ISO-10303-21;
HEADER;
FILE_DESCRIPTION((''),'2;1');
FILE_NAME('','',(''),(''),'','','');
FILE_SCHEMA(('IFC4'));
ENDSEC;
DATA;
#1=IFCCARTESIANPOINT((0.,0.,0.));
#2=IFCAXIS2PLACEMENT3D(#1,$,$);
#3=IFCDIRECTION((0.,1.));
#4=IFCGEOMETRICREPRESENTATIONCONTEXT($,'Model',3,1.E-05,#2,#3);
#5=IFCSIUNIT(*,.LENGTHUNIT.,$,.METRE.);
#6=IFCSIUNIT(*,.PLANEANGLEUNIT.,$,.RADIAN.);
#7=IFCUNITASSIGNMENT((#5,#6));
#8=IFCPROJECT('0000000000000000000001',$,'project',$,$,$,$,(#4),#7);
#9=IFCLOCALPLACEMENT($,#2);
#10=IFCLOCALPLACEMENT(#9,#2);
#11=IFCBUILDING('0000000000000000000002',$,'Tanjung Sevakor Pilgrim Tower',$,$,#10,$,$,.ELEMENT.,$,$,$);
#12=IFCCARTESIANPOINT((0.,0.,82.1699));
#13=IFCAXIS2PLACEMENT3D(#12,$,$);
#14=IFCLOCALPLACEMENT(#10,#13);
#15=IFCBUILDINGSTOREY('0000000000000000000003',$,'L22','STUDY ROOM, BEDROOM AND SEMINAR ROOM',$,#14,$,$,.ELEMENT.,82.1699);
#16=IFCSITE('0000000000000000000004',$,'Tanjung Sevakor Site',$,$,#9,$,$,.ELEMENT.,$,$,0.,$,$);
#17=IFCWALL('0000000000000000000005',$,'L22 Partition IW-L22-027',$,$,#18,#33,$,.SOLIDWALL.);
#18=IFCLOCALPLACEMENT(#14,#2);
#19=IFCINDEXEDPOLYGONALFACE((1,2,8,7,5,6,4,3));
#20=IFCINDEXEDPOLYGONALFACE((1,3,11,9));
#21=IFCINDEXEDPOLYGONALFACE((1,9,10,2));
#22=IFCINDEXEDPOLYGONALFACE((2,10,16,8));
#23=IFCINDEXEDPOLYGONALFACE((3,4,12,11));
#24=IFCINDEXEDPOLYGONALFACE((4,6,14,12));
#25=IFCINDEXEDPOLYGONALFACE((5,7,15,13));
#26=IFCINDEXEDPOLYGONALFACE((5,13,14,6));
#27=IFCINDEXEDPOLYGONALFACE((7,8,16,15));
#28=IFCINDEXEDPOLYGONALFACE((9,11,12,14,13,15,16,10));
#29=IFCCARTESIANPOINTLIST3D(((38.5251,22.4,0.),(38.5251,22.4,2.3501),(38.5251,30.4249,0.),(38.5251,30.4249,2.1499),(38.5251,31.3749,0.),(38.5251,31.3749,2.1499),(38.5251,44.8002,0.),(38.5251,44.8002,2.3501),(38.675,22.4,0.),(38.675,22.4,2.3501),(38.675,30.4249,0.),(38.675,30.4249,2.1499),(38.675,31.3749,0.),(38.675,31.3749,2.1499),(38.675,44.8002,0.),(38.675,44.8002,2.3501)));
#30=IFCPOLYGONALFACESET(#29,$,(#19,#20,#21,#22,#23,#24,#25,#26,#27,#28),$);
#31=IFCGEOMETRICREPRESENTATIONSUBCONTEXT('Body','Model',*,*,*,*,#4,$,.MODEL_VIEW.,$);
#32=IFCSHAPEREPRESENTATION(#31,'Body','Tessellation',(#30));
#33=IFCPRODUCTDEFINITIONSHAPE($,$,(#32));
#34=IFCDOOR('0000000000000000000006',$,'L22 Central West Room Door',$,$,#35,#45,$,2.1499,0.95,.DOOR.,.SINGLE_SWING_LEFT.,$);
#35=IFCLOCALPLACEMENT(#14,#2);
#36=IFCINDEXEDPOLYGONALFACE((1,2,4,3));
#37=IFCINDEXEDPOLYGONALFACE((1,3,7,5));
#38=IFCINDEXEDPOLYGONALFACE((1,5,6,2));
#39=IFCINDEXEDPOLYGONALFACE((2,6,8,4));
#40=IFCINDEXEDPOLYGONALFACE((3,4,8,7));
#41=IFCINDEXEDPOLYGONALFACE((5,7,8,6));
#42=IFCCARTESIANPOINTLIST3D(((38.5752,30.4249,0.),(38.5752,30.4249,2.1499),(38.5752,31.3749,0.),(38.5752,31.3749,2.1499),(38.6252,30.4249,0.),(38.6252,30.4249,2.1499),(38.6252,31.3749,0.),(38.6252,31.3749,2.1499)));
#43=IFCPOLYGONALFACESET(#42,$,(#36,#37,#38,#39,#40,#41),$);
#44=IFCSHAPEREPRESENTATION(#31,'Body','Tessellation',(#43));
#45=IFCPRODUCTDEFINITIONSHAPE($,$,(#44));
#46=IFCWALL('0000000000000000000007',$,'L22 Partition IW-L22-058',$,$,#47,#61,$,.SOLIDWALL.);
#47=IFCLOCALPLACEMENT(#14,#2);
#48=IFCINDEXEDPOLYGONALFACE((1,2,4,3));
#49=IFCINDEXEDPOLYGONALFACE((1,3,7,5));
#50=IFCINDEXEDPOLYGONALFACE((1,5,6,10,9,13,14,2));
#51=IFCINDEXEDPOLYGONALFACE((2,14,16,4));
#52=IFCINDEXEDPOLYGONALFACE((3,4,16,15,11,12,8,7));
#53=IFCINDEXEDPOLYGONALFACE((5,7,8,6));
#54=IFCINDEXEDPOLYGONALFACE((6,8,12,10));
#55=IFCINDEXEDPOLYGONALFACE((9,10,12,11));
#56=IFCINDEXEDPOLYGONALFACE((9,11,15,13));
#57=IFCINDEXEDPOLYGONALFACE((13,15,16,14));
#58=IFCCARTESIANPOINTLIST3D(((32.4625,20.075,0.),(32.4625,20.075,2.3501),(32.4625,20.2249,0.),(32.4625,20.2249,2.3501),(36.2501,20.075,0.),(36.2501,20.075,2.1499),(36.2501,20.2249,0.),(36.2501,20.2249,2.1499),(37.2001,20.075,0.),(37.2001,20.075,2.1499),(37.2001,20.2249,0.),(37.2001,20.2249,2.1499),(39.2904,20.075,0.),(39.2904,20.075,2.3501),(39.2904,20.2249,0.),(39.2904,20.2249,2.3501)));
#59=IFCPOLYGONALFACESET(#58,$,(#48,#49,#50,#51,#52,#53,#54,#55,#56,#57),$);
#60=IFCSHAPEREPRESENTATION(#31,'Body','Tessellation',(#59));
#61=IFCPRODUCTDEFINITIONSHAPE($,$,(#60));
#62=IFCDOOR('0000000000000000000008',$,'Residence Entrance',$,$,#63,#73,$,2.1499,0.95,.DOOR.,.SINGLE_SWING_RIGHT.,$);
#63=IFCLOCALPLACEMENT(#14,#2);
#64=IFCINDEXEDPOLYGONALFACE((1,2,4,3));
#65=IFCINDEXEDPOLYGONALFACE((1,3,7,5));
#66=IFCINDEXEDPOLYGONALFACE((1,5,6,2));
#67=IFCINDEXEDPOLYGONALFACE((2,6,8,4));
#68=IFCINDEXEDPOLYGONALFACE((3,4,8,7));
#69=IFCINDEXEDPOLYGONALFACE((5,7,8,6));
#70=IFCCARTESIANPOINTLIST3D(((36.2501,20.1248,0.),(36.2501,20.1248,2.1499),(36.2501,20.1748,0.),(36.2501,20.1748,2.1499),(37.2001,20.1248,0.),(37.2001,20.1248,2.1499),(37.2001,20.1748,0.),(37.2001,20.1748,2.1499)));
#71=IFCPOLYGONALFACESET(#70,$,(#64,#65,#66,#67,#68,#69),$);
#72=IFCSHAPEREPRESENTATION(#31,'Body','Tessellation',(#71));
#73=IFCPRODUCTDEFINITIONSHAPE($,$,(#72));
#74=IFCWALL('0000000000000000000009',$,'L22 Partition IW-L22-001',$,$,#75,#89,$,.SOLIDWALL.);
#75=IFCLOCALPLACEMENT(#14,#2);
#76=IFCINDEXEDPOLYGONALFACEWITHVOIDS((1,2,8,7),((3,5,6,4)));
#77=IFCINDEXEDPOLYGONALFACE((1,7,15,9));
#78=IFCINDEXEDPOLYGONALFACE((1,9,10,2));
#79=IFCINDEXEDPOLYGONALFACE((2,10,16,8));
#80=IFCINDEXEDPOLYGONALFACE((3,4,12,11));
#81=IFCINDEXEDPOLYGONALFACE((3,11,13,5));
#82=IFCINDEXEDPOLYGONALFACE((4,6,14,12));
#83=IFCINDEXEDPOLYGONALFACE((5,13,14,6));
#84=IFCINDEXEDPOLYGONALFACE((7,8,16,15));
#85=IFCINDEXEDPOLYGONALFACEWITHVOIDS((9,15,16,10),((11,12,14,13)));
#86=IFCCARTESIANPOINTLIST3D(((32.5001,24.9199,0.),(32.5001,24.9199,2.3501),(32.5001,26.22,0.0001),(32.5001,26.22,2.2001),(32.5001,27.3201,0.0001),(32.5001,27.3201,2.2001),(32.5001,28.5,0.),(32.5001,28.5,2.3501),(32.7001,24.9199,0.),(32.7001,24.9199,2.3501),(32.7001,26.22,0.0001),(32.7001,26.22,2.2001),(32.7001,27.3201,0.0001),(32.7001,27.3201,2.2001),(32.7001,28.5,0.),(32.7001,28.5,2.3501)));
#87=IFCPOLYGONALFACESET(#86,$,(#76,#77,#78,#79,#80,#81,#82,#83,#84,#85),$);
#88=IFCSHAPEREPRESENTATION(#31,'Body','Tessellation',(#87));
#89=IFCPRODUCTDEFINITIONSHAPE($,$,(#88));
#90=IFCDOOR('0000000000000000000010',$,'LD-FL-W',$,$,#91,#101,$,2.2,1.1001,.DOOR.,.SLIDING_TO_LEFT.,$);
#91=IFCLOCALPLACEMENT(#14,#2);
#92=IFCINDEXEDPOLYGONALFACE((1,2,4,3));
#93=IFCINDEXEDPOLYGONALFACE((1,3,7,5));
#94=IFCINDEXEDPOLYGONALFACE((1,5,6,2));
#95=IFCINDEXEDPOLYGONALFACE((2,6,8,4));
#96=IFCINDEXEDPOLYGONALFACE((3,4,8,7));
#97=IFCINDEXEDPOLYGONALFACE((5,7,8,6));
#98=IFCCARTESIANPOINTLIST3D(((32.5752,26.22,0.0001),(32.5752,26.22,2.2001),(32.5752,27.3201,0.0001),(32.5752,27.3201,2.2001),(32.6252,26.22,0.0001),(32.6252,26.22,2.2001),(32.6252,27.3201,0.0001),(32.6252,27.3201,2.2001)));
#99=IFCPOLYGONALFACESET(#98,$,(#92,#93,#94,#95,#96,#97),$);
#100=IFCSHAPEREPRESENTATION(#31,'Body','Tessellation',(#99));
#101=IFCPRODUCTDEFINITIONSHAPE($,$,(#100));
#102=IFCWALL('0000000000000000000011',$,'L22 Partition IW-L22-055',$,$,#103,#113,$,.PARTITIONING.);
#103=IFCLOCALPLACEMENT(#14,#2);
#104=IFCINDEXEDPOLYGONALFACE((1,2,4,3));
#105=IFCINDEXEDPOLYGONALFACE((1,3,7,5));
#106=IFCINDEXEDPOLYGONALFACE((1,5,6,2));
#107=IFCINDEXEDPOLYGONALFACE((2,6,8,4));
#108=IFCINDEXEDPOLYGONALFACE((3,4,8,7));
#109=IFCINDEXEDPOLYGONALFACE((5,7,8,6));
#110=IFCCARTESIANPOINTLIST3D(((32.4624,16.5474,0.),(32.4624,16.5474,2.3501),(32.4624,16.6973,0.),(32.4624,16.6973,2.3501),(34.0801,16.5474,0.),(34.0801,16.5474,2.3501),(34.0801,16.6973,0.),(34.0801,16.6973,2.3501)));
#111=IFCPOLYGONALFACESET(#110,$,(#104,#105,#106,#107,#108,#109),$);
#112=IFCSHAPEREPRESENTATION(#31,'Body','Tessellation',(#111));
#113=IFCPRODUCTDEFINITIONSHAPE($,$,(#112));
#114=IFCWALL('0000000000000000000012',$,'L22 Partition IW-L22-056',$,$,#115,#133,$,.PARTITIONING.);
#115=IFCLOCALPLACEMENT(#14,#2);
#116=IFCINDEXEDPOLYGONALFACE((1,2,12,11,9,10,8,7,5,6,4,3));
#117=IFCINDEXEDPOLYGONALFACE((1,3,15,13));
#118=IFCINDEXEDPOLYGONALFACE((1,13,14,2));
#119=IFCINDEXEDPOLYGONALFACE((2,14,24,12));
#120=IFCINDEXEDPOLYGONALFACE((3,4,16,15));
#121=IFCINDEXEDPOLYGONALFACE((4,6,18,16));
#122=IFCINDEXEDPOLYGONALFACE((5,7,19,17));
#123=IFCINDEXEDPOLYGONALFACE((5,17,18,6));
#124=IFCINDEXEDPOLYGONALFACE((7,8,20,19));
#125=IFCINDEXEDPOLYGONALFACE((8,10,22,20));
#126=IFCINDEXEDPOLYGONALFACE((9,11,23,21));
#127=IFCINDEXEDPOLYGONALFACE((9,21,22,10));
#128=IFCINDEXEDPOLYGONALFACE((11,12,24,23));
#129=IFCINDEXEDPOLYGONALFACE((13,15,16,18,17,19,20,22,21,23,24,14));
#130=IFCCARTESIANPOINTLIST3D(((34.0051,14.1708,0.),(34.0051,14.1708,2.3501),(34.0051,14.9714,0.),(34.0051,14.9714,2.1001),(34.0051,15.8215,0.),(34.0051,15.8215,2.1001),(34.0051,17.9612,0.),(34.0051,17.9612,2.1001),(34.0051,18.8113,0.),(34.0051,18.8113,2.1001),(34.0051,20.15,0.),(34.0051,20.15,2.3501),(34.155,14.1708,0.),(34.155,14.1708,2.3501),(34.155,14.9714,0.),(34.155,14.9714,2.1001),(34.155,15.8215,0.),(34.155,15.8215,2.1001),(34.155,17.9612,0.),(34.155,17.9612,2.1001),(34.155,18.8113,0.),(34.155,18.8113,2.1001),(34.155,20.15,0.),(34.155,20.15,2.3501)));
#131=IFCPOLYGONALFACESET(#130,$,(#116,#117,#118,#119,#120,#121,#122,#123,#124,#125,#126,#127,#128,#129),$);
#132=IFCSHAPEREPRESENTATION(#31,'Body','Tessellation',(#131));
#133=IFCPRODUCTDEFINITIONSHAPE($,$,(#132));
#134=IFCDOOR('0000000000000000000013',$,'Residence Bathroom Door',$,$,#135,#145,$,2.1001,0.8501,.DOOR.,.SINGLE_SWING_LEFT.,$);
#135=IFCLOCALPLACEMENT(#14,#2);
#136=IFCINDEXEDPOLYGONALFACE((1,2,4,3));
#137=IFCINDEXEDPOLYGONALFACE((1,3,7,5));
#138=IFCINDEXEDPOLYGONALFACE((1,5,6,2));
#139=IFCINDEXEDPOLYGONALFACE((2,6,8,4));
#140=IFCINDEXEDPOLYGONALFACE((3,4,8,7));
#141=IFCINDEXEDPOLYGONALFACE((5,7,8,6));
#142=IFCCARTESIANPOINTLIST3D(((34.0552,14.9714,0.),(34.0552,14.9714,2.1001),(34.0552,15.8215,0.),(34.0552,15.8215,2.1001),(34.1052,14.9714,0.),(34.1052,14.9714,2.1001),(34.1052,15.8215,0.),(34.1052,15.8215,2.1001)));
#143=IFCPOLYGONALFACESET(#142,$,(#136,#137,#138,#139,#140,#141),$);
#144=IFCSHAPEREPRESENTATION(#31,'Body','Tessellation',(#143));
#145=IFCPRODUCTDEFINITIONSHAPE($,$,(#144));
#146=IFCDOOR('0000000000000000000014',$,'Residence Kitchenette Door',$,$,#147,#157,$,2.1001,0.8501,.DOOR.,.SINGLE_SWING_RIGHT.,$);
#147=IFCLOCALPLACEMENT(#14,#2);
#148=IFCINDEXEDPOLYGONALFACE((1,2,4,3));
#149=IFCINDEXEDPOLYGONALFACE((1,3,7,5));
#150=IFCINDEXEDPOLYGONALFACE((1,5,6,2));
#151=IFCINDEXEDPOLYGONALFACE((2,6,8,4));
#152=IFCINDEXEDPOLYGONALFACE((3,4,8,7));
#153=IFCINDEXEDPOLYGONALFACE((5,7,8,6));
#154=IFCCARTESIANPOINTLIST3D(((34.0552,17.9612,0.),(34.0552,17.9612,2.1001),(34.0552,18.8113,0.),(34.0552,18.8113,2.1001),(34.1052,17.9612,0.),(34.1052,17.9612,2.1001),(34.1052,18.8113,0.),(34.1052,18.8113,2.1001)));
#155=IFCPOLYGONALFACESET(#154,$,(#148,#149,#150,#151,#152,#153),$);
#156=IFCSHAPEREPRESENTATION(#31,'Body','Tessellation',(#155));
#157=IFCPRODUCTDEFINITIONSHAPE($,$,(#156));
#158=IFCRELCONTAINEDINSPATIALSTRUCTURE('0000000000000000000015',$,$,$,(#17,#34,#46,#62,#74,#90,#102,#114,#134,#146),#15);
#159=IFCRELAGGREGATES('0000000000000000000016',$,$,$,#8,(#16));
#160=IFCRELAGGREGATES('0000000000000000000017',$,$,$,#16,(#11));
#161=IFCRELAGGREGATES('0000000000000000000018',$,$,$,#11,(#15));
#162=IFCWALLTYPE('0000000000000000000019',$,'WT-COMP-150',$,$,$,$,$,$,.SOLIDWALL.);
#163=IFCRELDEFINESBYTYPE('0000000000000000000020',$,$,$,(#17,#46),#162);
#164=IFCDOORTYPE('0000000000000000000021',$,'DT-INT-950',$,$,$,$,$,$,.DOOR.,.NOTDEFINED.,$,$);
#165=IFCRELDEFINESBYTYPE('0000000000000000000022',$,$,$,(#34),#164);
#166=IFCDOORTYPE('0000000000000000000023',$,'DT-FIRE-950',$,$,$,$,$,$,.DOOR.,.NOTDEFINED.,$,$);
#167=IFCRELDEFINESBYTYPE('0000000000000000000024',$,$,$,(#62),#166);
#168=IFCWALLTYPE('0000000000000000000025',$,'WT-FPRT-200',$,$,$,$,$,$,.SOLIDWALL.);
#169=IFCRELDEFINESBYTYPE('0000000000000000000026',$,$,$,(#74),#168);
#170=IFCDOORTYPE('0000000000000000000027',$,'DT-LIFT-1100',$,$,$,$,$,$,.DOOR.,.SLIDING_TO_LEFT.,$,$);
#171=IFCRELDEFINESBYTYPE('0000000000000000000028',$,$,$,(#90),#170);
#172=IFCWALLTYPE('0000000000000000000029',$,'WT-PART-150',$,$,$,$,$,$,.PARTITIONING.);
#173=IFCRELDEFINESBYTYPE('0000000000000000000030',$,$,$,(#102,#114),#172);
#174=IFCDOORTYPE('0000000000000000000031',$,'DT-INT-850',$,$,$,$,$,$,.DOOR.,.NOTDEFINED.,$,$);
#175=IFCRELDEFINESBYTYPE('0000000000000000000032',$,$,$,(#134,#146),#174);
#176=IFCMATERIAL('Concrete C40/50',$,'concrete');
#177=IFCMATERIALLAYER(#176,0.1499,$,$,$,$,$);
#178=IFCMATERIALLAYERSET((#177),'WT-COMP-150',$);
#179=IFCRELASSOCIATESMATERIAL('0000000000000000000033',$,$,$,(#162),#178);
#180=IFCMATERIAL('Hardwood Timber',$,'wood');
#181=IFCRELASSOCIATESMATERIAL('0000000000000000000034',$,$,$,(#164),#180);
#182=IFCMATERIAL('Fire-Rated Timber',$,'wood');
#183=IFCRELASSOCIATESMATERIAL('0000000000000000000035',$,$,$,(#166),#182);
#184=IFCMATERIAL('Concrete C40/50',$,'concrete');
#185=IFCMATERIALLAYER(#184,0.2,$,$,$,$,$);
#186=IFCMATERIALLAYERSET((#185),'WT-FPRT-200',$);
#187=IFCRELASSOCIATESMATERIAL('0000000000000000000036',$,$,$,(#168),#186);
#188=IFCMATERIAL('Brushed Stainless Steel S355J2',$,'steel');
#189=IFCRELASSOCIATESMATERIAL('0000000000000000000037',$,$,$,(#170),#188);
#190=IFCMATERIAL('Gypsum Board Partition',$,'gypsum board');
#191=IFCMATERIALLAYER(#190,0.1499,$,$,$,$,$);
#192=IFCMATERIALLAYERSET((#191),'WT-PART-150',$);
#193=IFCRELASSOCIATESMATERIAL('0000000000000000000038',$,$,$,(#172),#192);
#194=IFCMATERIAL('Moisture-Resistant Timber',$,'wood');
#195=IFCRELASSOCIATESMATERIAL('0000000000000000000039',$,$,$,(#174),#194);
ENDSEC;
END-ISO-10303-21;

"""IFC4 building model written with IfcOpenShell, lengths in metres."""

from ifc_helpers import new_model, si_unit, direction, frame, frame_2d, origin, place, context, subcontext, project, spatial, rectangle, extrude, material, layer, layer_set, type_object, element, fill, save


model = new_model("IFC4")

# Units and contexts
model_context = context("Model", 3, precision=1e-05, world=origin(), true_north=direction((0.0, 1.0)))
body_context = subcontext(model_context, "Body", "Model", "MODEL_VIEW")
ifc_project = project(units=[si_unit("LENGTHUNIT", "METRE"), si_unit("PLANEANGLEUNIT", "RADIAN")], contexts=[model_context])

# Site, building, storey
site_placement = place(None, origin())
site = spatial("IfcSite", under=ifc_project, at=site_placement, Name="Tanjung Sevakor Site", CompositionType="ELEMENT", RefElevation=0.0)
building_placement = place(site_placement, origin())
building = spatial("IfcBuilding", under=site, at=building_placement, Name="Tanjung Sevakor Pilgrim Tower", CompositionType="ELEMENT")
storey_placement = place(building_placement, frame((0.0, 0.0, 82.1699)))
storey = spatial("IfcBuildingStorey", under=building, at=storey_placement, Name="L22", Description="STUDY ROOM, BEDROOM AND SEMINAR ROOM", CompositionType="ELEMENT", Elevation=82.1699)

# Shared definitions
ifc_material_1 = material(Name="Concrete C40/50", Category="concrete")
ifc_layer_1 = layer(ifc_material_1, 0.1499)
ifc_layer_set_1 = layer_set([ifc_layer_1], Name="WT-COMP-150")
wall_type_1 = type_object("IfcWallType", Name="WT-COMP-150", PredefinedType="SOLIDWALL", material=ifc_layer_set_1)

# Walls, openings, doors
wall_1_placement = place(storey_placement, frame((38.6001, 22.3999, 0.0), z_axis=(0.0, 0.0, 1.0), x_axis=(0.0, 1.0, 0.0)))
wall_1 = element("IfcWall", 1, at=wall_1_placement, inside=storey, type_object=wall_type_1, Name="L22 Partition IW-L22-027", PredefinedType="SOLIDWALL", context=body_context, shape_type="SweptSolid", body=[
    extrude(rectangle(XDim=22.4001, YDim=0.1499, at=frame_2d((11.2002, 0.0))), origin(), (0.0, 0.0, 1.0), 2.3501),
])
opening_1_placement = place(wall_1_placement, frame((8.0249, 0.0, 0.0)))
opening_1 = element("IfcOpeningElement", 2, at=opening_1_placement, cuts=wall_1, PredefinedType="OPENING", context=body_context, shape_type="SweptSolid", body=[
    extrude(rectangle(XDim=0.95, YDim=2.1499, at=frame_2d((0.4751, 1.075))), frame((0.0, 0.085, 0.0), z_axis=(0.0, -1.0, 0.0), x_axis=(1.0, 0.0, 0.0)), (0.0, 0.0, 1.0), 0.1699),
])
ifc_material_2 = material(Name="Hardwood Timber", Category="wood")
door_type_1 = type_object("IfcDoorType", Name="DT-INT-950", OperationType="NOTDEFINED", PredefinedType="DOOR", material=ifc_material_2)
door_1_placement = place(opening_1_placement, origin())
door_1 = element("IfcDoor", 3, at=door_1_placement, inside=storey, type_object=door_type_1, Name="L22 Central West Room Door", OperationType="SINGLE_SWING_LEFT", OverallHeight=2.1499, OverallWidth=0.95, PredefinedType="DOOR", context=body_context, shape_type="SweptSolid", body=[
    extrude(rectangle(XDim=0.95, YDim=2.1499, at=frame_2d((0.4751, 1.075))), frame((0.0, 0.0249, 0.0), z_axis=(0.0, -1.0, 0.0), x_axis=(1.0, 0.0, 0.0)), (0.0, 0.0, 1.0), 0.05),
])
fill(opening_1, door_1)
wall_2_placement = place(storey_placement, frame((32.4624, 20.1499, 0.0), z_axis=(0.0, 0.0, 1.0), x_axis=(1.0, 0.0, 0.0)))
wall_2 = element("IfcWall", 4, at=wall_2_placement, inside=storey, type_object=wall_type_1, Name="L22 Partition IW-L22-058", PredefinedType="SOLIDWALL", context=body_context, shape_type="SweptSolid", body=[
    extrude(rectangle(XDim=6.8279, YDim=0.1499, at=frame_2d((3.4141, 0.0))), origin(), (0.0, 0.0, 1.0), 2.3501),
])
opening_2_placement = place(wall_2_placement, frame((3.7876, 0.0, 0.0)))
opening_2 = element("IfcOpeningElement", 5, at=opening_2_placement, cuts=wall_2, PredefinedType="OPENING", context=body_context, shape_type="SweptSolid", body=[
    extrude(rectangle(XDim=0.95, YDim=2.1499, at=frame_2d((0.4751, 1.075))), frame((0.0, 0.085, 0.0), z_axis=(0.0, -1.0, 0.0), x_axis=(1.0, 0.0, 0.0)), (0.0, 0.0, 1.0), 0.1699),
])
ifc_material_3 = material(Name="Fire-Rated Timber", Category="wood")
door_type_2 = type_object("IfcDoorType", Name="DT-FIRE-950", OperationType="NOTDEFINED", PredefinedType="DOOR", material=ifc_material_3)
door_2_placement = place(opening_2_placement, origin())
door_2 = element("IfcDoor", 6, at=door_2_placement, inside=storey, type_object=door_type_2, Name="Residence Entrance", OperationType="SINGLE_SWING_RIGHT", OverallHeight=2.1499, OverallWidth=0.95, PredefinedType="DOOR", context=body_context, shape_type="SweptSolid", body=[
    extrude(rectangle(XDim=0.95, YDim=2.1499, at=frame_2d((0.4751, 1.075))), frame((0.0, 0.0249, 0.0), z_axis=(0.0, -1.0, 0.0), x_axis=(1.0, 0.0, 0.0)), (0.0, 0.0, 1.0), 0.05),
])
fill(opening_2, door_2)
ifc_material_4 = material(Name="Concrete C40/50", Category="concrete")
ifc_layer_2 = layer(ifc_material_4, 0.2)
ifc_layer_set_2 = layer_set([ifc_layer_2], Name="WT-FPRT-200")
wall_type_2 = type_object("IfcWallType", Name="WT-FPRT-200", PredefinedType="SOLIDWALL", material=ifc_layer_set_2)
wall_3_placement = place(storey_placement, frame((32.6001, 24.9199, 0.0), z_axis=(0.0, 0.0, 1.0), x_axis=(0.0, 1.0, 0.0)))
wall_3 = element("IfcWall", 7, at=wall_3_placement, inside=storey, type_object=wall_type_2, Name="L22 Partition IW-L22-001", PredefinedType="SOLIDWALL", context=body_context, shape_type="SweptSolid", body=[
    extrude(rectangle(XDim=3.5801, YDim=0.2, at=frame_2d((1.79, 0.0))), origin(), (0.0, 0.0, 1.0), 2.3501),
])
opening_3_placement = place(wall_3_placement, frame((1.3, 0.0, 0.0)))
opening_3 = element("IfcOpeningElement", 8, at=opening_3_placement, cuts=wall_3, PredefinedType="OPENING", context=body_context, shape_type="SweptSolid", body=[
    extrude(rectangle(XDim=1.1001, YDim=2.2, at=frame_2d((0.55, 1.1001))), frame((0.0, 0.1099, 0.0), z_axis=(0.0, -1.0, 0.0), x_axis=(1.0, 0.0, 0.0)), (0.0, 0.0, 1.0), 0.22),
])
ifc_material_5 = material(Name="Brushed Stainless Steel S355J2", Category="steel")
door_type_3 = type_object("IfcDoorType", Name="DT-LIFT-1100", OperationType="SLIDING_TO_LEFT", PredefinedType="DOOR", material=ifc_material_5)
door_3_placement = place(opening_3_placement, origin())
door_3 = element("IfcDoor", 9, at=door_3_placement, inside=storey, type_object=door_type_3, Name="LD-FL-W", OperationType="SLIDING_TO_LEFT", OverallHeight=2.2, OverallWidth=1.1001, PredefinedType="DOOR", context=body_context, shape_type="SweptSolid", body=[
    extrude(rectangle(XDim=1.1001, YDim=2.2, at=frame_2d((0.55, 1.1001))), frame((0.0, 0.0249, 0.0), z_axis=(0.0, -1.0, 0.0), x_axis=(1.0, 0.0, 0.0)), (0.0, 0.0, 1.0), 0.05),
])
fill(opening_3, door_3)

# Wall
ifc_material_6 = material(Name="Gypsum Board Partition", Category="gypsum board")
ifc_layer_3 = layer(ifc_material_6, 0.1499)
ifc_layer_set_3 = layer_set([ifc_layer_3], Name="WT-PART-150")
wall_type_3 = type_object("IfcWallType", Name="WT-PART-150", PredefinedType="PARTITIONING", material=ifc_layer_set_3)
wall_4_placement = place(storey_placement, frame((32.4624, 16.6223, 0.0), z_axis=(0.0, 0.0, 1.0), x_axis=(1.0, 0.0, 0.0)))
element("IfcWall", 10, at=wall_4_placement, inside=storey, type_object=wall_type_3, Name="L22 Partition IW-L22-055", PredefinedType="PARTITIONING", context=body_context, shape_type="SweptSolid", body=[
    extrude(rectangle(XDim=1.6177, YDim=0.1499, at=frame_2d((0.8088, 0.0))), origin(), (0.0, 0.0, 1.0), 2.3501),
])

# Wall, openings, doors
wall_5_placement = place(storey_placement, frame((34.0801, 14.1707, 0.0), z_axis=(0.0, 0.0, 1.0), x_axis=(0.0, 1.0, 0.0)))
wall_5 = element("IfcWall", 11, at=wall_5_placement, inside=storey, type_object=wall_type_3, Name="L22 Partition IW-L22-056", PredefinedType="PARTITIONING", context=body_context, shape_type="SweptSolid", body=[
    extrude(rectangle(XDim=5.9792, YDim=0.1499, at=frame_2d((2.9897, 0.0))), origin(), (0.0, 0.0, 1.0), 2.3501),
])
opening_4_placement = place(wall_5_placement, frame((0.8008, 0.0, 0.0)))
opening_4 = element("IfcOpeningElement", 12, at=opening_4_placement, cuts=wall_5, PredefinedType="OPENING", context=body_context, shape_type="SweptSolid", body=[
    extrude(rectangle(XDim=0.8501, YDim=2.1001, at=frame_2d((0.425, 1.05))), frame((0.0, 0.085, 0.0), z_axis=(0.0, -1.0, 0.0), x_axis=(1.0, 0.0, 0.0)), (0.0, 0.0, 1.0), 0.1699),
])
opening_5_placement = place(wall_5_placement, frame((3.7905, 0.0, 0.0)))
opening_5 = element("IfcOpeningElement", 13, at=opening_5_placement, cuts=wall_5, PredefinedType="OPENING", context=body_context, shape_type="SweptSolid", body=[
    extrude(rectangle(XDim=0.8501, YDim=2.1001, at=frame_2d((0.425, 1.05))), frame((0.0, 0.085, 0.0), z_axis=(0.0, -1.0, 0.0), x_axis=(1.0, 0.0, 0.0)), (0.0, 0.0, 1.0), 0.1699),
])
ifc_material_7 = material(Name="Moisture-Resistant Timber", Category="wood")
door_type_4 = type_object("IfcDoorType", Name="DT-INT-850", OperationType="NOTDEFINED", PredefinedType="DOOR", material=ifc_material_7)
door_4_placement = place(opening_4_placement, origin())
door_4 = element("IfcDoor", 14, at=door_4_placement, inside=storey, type_object=door_type_4, Name="Residence Bathroom Door", OperationType="SINGLE_SWING_LEFT", OverallHeight=2.1001, OverallWidth=0.8501, PredefinedType="DOOR", context=body_context, shape_type="SweptSolid", body=[
    extrude(rectangle(XDim=0.8501, YDim=2.1001, at=frame_2d((0.425, 1.05))), frame((0.0, 0.0249, 0.0), z_axis=(0.0, -1.0, 0.0), x_axis=(1.0, 0.0, 0.0)), (0.0, 0.0, 1.0), 0.05),
])
fill(opening_4, door_4)
door_5_placement = place(opening_5_placement, origin())
door_5 = element("IfcDoor", 15, at=door_5_placement, inside=storey, type_object=door_type_4, Name="Residence Kitchenette Door", OperationType="SINGLE_SWING_RIGHT", OverallHeight=2.1001, OverallWidth=0.8501, PredefinedType="DOOR", context=body_context, shape_type="SweptSolid", body=[
    extrude(rectangle(XDim=0.8501, YDim=2.1001, at=frame_2d((0.425, 1.05))), frame((0.0, 0.0249, 0.0), z_axis=(0.0, -1.0, 0.0), x_axis=(1.0, 0.0, 0.0)), (0.0, 0.0, 1.0), 0.05),
])
fill(opening_5, door_5)

save(model, "model.ifc")
